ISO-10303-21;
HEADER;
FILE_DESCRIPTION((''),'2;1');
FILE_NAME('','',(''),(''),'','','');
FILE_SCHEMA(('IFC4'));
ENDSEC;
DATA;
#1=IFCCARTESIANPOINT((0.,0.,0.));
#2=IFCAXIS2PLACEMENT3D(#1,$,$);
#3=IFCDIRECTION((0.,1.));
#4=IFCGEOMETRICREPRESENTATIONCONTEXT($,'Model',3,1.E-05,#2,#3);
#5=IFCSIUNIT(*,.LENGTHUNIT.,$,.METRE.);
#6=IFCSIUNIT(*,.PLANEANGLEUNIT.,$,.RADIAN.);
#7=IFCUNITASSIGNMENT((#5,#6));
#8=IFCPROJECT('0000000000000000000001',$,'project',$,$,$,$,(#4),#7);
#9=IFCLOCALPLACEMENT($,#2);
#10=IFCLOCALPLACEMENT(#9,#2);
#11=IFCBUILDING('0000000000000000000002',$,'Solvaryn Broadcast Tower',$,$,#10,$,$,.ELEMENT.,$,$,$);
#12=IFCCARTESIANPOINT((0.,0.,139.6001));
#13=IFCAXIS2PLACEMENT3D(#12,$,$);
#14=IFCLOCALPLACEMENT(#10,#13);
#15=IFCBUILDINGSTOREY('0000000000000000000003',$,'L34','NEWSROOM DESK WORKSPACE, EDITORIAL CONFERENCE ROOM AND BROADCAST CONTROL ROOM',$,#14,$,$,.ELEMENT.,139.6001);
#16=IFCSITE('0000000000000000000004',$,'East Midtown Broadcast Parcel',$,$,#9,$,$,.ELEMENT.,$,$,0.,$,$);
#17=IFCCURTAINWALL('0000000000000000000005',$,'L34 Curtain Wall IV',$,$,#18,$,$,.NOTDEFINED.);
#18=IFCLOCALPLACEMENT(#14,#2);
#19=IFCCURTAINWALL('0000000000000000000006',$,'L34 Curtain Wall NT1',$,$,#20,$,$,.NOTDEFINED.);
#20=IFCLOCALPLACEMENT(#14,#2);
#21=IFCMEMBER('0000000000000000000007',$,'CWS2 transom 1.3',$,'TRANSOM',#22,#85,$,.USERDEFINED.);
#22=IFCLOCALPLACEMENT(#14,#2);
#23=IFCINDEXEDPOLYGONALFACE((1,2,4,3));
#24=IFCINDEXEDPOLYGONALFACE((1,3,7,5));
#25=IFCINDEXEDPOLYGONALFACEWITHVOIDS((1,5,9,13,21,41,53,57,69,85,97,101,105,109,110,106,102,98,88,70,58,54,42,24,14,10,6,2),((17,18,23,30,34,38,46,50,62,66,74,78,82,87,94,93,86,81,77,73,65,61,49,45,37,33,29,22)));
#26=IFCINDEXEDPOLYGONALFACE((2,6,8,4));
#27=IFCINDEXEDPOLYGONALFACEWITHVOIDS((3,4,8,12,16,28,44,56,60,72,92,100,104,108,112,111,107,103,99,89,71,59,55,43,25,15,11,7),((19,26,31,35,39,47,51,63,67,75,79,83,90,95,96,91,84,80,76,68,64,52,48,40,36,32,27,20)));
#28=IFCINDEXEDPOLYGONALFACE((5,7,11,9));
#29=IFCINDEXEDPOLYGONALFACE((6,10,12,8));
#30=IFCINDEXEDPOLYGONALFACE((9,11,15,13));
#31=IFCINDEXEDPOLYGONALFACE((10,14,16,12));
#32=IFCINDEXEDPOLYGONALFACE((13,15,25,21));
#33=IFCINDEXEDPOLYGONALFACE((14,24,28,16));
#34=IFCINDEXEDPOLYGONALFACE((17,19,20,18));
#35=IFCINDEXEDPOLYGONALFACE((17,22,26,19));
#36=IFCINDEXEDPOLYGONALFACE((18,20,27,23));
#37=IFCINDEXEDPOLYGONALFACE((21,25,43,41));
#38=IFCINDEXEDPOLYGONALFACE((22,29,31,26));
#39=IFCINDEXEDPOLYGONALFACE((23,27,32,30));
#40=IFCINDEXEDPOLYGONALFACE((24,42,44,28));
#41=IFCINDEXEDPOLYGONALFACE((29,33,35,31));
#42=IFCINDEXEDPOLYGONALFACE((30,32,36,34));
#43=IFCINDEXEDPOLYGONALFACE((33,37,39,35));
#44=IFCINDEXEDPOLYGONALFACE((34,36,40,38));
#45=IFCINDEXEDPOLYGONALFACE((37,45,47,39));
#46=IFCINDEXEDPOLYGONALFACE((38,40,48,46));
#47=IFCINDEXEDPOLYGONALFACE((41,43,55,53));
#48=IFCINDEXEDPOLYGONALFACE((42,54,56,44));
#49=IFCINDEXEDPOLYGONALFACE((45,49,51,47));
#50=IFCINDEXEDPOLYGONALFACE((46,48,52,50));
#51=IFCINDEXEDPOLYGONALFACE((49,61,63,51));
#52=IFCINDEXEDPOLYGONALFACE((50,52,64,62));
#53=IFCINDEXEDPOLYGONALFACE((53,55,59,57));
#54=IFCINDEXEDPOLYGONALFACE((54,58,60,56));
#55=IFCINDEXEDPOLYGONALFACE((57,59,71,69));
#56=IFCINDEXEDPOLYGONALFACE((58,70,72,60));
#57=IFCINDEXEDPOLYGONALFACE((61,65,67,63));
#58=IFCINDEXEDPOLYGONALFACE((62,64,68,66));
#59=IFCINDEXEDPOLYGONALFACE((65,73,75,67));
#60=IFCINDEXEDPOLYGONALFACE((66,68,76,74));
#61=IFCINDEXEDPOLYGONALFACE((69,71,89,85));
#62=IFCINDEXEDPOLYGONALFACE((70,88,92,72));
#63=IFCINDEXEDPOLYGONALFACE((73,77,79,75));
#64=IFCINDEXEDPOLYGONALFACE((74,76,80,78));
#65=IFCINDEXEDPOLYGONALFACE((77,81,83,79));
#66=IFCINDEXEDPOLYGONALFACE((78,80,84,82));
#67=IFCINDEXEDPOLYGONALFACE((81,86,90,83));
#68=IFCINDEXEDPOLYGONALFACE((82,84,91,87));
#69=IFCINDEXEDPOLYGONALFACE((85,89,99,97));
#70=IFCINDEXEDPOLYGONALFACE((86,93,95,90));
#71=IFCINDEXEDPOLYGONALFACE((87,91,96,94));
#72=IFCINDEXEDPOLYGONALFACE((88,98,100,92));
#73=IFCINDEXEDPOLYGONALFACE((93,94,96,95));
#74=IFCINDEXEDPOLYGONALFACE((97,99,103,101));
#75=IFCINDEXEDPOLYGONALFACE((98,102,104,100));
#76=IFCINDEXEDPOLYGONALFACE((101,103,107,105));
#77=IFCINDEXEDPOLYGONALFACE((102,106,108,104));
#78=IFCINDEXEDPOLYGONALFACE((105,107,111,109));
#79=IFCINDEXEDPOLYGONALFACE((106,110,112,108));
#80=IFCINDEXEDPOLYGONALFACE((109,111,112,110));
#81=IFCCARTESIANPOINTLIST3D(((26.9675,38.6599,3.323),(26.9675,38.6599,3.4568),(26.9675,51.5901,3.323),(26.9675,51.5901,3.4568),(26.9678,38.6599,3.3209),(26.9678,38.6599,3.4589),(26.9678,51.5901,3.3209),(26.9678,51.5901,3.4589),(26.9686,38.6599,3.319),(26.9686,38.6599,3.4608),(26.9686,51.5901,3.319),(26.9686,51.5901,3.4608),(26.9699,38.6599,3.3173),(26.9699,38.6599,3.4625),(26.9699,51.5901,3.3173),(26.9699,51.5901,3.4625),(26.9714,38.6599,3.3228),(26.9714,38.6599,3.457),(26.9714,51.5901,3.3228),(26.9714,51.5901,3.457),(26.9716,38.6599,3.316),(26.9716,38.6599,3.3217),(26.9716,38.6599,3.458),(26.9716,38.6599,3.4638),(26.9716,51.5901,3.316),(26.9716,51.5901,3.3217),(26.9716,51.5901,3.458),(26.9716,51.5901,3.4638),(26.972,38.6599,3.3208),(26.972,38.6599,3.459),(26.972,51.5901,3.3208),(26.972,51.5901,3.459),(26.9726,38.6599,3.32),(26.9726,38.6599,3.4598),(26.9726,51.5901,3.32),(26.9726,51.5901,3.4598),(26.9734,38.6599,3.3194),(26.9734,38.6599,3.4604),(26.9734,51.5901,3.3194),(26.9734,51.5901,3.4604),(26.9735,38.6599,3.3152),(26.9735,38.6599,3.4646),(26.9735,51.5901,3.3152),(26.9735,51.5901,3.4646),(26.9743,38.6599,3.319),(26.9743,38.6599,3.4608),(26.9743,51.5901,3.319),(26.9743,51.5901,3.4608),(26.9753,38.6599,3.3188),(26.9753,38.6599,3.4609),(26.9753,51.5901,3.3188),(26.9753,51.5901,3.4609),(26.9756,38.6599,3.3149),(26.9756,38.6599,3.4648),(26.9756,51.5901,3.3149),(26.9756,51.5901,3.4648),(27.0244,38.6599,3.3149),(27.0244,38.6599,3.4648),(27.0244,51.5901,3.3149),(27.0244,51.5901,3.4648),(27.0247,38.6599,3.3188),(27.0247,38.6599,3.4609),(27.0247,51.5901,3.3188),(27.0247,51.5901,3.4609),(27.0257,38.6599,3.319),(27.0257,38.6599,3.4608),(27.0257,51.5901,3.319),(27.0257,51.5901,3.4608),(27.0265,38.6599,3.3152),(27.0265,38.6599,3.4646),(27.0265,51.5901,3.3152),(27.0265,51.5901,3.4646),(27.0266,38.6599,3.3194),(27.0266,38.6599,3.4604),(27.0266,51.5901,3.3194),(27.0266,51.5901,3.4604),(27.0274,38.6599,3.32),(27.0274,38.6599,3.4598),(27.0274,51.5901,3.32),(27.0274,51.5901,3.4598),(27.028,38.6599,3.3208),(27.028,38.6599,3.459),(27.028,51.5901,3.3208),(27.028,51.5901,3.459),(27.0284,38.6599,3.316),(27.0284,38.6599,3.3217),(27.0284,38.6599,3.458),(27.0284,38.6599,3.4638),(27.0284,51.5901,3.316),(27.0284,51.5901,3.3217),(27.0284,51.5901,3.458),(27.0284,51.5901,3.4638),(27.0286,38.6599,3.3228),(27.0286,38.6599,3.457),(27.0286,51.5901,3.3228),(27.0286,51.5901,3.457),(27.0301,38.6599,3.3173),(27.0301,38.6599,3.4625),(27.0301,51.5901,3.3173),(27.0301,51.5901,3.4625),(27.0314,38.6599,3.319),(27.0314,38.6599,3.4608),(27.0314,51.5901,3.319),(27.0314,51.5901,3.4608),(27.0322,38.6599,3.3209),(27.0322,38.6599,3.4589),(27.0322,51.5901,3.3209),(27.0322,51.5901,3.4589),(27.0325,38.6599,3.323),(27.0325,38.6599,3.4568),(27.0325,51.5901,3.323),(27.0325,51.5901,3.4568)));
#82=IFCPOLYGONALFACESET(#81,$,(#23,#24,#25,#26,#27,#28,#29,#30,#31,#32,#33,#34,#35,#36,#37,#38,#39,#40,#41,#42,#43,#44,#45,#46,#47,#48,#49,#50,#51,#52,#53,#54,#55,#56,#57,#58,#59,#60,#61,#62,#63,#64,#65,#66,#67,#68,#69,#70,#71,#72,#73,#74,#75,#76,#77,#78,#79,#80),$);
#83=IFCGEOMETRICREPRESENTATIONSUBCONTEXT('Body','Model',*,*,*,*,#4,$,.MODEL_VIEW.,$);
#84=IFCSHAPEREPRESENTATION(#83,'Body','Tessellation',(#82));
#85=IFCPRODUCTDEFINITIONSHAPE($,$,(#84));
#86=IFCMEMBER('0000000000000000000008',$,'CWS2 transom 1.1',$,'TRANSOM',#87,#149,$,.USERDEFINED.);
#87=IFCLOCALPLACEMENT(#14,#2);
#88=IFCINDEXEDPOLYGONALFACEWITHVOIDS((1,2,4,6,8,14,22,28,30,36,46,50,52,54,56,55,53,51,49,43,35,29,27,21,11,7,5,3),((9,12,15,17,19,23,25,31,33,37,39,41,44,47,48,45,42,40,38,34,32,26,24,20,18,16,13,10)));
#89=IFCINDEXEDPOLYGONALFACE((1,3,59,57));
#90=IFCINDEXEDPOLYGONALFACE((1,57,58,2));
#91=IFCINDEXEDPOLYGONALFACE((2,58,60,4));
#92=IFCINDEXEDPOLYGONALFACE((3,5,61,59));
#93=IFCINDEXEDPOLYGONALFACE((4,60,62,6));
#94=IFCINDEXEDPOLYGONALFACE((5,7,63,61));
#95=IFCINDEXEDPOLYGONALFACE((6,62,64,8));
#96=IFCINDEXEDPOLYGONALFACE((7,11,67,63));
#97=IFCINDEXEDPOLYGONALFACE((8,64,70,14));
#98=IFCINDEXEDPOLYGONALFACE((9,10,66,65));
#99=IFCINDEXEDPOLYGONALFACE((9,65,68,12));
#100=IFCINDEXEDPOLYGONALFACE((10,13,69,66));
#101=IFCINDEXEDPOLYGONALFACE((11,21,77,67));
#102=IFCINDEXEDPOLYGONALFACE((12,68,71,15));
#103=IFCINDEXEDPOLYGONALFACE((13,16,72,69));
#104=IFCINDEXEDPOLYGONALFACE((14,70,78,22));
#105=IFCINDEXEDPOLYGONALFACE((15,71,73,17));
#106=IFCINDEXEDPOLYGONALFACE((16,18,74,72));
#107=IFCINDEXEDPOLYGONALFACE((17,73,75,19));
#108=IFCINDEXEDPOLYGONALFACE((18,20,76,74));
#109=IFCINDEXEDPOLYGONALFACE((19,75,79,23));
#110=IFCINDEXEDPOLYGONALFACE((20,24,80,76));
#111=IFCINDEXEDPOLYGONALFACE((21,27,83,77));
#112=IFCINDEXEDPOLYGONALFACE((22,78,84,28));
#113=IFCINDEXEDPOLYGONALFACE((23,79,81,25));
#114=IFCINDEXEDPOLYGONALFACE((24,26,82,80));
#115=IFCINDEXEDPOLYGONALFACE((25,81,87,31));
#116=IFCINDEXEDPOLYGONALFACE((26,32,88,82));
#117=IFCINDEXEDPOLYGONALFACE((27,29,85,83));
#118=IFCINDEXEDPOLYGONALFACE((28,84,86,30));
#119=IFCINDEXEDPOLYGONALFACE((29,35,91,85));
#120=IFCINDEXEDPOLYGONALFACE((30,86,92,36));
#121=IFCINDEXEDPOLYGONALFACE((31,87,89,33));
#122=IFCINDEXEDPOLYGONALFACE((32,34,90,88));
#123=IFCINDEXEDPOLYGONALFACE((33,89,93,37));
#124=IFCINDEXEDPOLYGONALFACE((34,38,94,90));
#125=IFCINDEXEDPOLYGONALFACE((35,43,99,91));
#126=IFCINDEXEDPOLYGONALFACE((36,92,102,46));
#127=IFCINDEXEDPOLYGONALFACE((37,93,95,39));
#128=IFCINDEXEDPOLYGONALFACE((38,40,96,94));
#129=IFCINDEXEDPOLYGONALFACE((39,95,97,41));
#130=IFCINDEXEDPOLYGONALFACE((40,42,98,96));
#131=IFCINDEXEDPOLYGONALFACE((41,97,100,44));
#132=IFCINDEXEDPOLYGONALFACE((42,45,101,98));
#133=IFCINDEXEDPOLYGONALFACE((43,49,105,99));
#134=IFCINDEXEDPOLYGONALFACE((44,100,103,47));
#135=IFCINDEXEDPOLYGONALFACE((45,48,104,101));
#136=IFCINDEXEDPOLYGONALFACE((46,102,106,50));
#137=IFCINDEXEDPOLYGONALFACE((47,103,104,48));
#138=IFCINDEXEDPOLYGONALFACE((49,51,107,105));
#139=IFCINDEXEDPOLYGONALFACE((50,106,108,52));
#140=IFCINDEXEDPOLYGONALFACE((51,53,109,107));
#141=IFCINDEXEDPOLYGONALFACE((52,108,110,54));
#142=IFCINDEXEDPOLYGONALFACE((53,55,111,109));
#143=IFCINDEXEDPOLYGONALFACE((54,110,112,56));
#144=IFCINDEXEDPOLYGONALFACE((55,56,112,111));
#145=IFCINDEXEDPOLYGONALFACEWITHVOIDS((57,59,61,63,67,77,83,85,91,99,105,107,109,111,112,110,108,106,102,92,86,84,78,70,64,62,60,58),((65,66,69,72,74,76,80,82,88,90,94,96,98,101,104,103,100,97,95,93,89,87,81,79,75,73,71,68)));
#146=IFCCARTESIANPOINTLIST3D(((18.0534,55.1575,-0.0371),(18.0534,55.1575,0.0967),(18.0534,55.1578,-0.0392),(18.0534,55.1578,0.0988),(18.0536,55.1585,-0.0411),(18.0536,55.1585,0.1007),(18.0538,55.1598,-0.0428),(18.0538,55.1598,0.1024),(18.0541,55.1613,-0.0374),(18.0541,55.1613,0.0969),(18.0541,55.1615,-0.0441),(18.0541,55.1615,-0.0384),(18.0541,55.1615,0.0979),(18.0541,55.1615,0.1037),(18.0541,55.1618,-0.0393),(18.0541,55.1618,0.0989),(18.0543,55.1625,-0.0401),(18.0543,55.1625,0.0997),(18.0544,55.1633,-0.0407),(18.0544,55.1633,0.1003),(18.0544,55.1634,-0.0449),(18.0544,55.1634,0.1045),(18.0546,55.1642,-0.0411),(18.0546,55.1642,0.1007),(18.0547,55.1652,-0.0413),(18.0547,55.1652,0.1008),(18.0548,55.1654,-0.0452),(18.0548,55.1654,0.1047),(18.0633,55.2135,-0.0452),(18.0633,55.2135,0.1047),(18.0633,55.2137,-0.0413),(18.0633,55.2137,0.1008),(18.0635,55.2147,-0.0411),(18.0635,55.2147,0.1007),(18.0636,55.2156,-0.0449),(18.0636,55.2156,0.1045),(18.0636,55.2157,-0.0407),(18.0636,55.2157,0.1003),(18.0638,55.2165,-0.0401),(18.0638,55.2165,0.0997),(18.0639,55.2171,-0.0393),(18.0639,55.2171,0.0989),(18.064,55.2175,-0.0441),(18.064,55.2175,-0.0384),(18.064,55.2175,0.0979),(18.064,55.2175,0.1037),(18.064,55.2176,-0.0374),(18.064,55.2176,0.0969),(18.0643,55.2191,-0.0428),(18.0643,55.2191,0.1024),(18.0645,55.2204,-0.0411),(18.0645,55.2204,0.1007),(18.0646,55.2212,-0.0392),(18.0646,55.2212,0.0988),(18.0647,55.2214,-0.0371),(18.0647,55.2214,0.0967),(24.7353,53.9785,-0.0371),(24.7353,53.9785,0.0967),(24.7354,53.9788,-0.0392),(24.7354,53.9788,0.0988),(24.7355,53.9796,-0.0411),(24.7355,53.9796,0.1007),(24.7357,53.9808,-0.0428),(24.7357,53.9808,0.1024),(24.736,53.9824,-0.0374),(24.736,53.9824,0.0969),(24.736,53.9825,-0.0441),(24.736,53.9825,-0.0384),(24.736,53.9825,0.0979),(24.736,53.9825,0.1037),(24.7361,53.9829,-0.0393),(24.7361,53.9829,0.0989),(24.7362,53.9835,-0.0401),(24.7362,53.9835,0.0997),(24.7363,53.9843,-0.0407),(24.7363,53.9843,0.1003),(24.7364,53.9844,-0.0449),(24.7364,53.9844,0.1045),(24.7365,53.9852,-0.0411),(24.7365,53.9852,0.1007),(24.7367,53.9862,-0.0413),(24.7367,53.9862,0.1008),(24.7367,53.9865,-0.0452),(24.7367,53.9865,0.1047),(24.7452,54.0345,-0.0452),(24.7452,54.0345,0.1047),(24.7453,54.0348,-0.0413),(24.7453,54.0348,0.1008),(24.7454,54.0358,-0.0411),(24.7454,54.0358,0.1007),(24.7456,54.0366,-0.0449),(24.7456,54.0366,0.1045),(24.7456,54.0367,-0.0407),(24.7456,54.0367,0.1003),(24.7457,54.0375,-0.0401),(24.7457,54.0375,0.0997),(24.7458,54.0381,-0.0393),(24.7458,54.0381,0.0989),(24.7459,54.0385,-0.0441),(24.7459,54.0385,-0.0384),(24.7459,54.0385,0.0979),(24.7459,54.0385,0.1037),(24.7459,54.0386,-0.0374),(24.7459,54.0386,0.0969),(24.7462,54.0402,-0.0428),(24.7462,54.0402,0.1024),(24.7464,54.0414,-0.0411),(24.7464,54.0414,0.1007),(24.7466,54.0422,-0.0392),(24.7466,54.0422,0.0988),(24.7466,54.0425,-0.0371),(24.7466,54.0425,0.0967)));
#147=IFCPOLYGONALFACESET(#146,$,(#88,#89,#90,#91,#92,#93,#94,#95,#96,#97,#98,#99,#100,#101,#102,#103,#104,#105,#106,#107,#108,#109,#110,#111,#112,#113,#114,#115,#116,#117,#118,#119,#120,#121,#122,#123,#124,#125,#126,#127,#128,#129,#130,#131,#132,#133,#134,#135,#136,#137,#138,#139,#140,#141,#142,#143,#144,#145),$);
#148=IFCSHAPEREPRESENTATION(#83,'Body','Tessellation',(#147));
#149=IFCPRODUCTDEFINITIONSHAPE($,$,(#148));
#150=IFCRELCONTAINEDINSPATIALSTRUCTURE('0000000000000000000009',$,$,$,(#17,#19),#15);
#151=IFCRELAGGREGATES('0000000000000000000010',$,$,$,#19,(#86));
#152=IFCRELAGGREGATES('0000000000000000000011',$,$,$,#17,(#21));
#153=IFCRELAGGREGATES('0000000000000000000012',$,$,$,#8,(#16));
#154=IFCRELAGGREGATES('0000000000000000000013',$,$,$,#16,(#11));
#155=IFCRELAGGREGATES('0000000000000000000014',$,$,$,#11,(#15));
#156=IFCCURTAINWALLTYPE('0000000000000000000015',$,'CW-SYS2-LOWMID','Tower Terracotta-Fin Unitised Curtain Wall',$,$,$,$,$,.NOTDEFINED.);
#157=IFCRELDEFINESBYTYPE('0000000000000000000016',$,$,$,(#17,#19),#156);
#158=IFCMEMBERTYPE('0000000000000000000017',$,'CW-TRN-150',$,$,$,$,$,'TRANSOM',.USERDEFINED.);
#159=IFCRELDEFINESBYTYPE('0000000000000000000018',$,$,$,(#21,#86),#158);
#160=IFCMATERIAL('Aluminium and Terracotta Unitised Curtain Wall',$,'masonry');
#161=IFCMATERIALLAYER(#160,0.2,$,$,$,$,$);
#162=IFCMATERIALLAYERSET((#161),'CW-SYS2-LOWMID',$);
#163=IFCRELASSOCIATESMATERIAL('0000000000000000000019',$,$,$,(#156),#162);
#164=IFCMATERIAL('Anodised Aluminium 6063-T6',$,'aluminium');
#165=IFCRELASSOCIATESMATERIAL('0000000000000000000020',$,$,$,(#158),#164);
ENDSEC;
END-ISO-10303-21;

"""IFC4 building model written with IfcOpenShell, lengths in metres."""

from ifc_helpers import new_model, si_unit, direction, frame, origin, origin_2d, place, context, subcontext, project, spatial, hollow_rectangle, extrude, material, layer, layer_set, material_profile, profile_set, type_object, element, aggregate, save


model = new_model("IFC4")

# Units and contexts
model_context = context("Model", 3, precision=1e-05, world=origin(), true_north=direction((0.0, 1.0)))
body_context = subcontext(model_context, "Body", "Model", "MODEL_VIEW")
ifc_project = project(units=[si_unit("LENGTHUNIT", "METRE"), si_unit("PLANEANGLEUNIT", "RADIAN")], contexts=[model_context])

# Site, building, storey
site_placement = place(None, origin())
site = spatial("IfcSite", under=ifc_project, at=site_placement, Name="East Midtown Broadcast Parcel", CompositionType="ELEMENT", RefElevation=0.0)
building_placement = place(site_placement, origin())
building = spatial("IfcBuilding", under=site, at=building_placement, Name="Solvaryn Broadcast Tower", CompositionType="ELEMENT")
storey_placement = place(building_placement, frame((0.0, 0.0, 139.6001)))
storey = spatial("IfcBuildingStorey", under=building, at=storey_placement, Name="L34", Description="NEWSROOM DESK WORKSPACE, EDITORIAL CONFERENCE ROOM AND BROADCAST CONTROL ROOM", CompositionType="ELEMENT", Elevation=139.6001)

# Curtain wall
ifc_material_1 = material(Name="Aluminium and Terracotta Unitised Curtain Wall", Category="masonry")
ifc_layer_1 = layer(ifc_material_1, 0.2)
ifc_layer_set_1 = layer_set([ifc_layer_1], Name="CW-SYS2-LOWMID")
curtain_wall_type = type_object("IfcCurtainWallType", Name="CW-SYS2-LOWMID", Description="Tower Terracotta-Fin Unitised Curtain Wall", PredefinedType="NOTDEFINED", material=ifc_layer_set_1)
curtain_wall_1_placement = place(storey_placement, origin())
curtain_wall_1 = element("IfcCurtainWall", 1, at=curtain_wall_1_placement, inside=storey, type_object=curtain_wall_type, Name="L34 Curtain Wall IV", PredefinedType="NOTDEFINED")

# Curtain wall
curtain_wall_2_placement = place(storey_placement, origin())
curtain_wall_2 = element("IfcCurtainWall", 2, at=curtain_wall_2_placement, inside=storey, type_object=curtain_wall_type, Name="L34 Curtain Wall NT1", PredefinedType="NOTDEFINED")

# Members
ifc_material_2 = material(Name="Anodised Aluminium 6063-T6", Category="aluminium")
ifc_material_profile_1 = material_profile(ifc_material_2, hollow_rectangle(XDim=0.0649, YDim=0.1499, WallThickness=0.0039, InnerFilletRadius=0.0039, OuterFilletRadius=0.0081, at=origin_2d()))
ifc_profile_set_1 = profile_set([ifc_material_profile_1], Name="Anodised Aluminium 6063-T6")
member_type_1 = type_object("IfcMemberType", Name="CW-TRN-150", ElementType="TRANSOM", PredefinedType="USERDEFINED", material=ifc_profile_set_1)
member_1_placement = place(storey_placement, frame((27.0, 51.5901, 3.3899), z_axis=(0.0, -1.0, 0.0), x_axis=(1.0, 0.0, 0.0)))
member_1 = element("IfcMember", 3, at=member_1_placement, type_object=member_type_1, Name="CWS2 transom 1.3", ObjectType="TRANSOM", PredefinedType="USERDEFINED", context=body_context, shape_type="SweptSolid", body=[
    extrude(hollow_rectangle(XDim=0.0649, YDim=0.1499, WallThickness=0.0039, InnerFilletRadius=0.0039, OuterFilletRadius=0.0081, at=origin_2d()), origin(), (0.0, 0.0, 1.0), 12.9302),
])
member_2_placement = place(storey_placement, frame((24.741, 54.0105, 0.0298), z_axis=(-0.984789, 0.173757, 0.0), x_axis=(-0.173757, -0.984789, 0.0)))
member_2 = element("IfcMember", 4, at=member_2_placement, type_object=member_type_1, Name="CWS2 transom 1.1", ObjectType="TRANSOM", PredefinedType="USERDEFINED", context=body_context, shape_type="SweptSolid", body=[
    extrude(hollow_rectangle(XDim=0.0649, YDim=0.1499, WallThickness=0.0039, InnerFilletRadius=0.0039, OuterFilletRadius=0.0081, at=origin_2d()), origin(), (0.0, 0.0, 1.0), 6.7852),
])
aggregate(curtain_wall_2, [member_2])

aggregate(curtain_wall_1, [member_1])

save(model, "model.ifc")
